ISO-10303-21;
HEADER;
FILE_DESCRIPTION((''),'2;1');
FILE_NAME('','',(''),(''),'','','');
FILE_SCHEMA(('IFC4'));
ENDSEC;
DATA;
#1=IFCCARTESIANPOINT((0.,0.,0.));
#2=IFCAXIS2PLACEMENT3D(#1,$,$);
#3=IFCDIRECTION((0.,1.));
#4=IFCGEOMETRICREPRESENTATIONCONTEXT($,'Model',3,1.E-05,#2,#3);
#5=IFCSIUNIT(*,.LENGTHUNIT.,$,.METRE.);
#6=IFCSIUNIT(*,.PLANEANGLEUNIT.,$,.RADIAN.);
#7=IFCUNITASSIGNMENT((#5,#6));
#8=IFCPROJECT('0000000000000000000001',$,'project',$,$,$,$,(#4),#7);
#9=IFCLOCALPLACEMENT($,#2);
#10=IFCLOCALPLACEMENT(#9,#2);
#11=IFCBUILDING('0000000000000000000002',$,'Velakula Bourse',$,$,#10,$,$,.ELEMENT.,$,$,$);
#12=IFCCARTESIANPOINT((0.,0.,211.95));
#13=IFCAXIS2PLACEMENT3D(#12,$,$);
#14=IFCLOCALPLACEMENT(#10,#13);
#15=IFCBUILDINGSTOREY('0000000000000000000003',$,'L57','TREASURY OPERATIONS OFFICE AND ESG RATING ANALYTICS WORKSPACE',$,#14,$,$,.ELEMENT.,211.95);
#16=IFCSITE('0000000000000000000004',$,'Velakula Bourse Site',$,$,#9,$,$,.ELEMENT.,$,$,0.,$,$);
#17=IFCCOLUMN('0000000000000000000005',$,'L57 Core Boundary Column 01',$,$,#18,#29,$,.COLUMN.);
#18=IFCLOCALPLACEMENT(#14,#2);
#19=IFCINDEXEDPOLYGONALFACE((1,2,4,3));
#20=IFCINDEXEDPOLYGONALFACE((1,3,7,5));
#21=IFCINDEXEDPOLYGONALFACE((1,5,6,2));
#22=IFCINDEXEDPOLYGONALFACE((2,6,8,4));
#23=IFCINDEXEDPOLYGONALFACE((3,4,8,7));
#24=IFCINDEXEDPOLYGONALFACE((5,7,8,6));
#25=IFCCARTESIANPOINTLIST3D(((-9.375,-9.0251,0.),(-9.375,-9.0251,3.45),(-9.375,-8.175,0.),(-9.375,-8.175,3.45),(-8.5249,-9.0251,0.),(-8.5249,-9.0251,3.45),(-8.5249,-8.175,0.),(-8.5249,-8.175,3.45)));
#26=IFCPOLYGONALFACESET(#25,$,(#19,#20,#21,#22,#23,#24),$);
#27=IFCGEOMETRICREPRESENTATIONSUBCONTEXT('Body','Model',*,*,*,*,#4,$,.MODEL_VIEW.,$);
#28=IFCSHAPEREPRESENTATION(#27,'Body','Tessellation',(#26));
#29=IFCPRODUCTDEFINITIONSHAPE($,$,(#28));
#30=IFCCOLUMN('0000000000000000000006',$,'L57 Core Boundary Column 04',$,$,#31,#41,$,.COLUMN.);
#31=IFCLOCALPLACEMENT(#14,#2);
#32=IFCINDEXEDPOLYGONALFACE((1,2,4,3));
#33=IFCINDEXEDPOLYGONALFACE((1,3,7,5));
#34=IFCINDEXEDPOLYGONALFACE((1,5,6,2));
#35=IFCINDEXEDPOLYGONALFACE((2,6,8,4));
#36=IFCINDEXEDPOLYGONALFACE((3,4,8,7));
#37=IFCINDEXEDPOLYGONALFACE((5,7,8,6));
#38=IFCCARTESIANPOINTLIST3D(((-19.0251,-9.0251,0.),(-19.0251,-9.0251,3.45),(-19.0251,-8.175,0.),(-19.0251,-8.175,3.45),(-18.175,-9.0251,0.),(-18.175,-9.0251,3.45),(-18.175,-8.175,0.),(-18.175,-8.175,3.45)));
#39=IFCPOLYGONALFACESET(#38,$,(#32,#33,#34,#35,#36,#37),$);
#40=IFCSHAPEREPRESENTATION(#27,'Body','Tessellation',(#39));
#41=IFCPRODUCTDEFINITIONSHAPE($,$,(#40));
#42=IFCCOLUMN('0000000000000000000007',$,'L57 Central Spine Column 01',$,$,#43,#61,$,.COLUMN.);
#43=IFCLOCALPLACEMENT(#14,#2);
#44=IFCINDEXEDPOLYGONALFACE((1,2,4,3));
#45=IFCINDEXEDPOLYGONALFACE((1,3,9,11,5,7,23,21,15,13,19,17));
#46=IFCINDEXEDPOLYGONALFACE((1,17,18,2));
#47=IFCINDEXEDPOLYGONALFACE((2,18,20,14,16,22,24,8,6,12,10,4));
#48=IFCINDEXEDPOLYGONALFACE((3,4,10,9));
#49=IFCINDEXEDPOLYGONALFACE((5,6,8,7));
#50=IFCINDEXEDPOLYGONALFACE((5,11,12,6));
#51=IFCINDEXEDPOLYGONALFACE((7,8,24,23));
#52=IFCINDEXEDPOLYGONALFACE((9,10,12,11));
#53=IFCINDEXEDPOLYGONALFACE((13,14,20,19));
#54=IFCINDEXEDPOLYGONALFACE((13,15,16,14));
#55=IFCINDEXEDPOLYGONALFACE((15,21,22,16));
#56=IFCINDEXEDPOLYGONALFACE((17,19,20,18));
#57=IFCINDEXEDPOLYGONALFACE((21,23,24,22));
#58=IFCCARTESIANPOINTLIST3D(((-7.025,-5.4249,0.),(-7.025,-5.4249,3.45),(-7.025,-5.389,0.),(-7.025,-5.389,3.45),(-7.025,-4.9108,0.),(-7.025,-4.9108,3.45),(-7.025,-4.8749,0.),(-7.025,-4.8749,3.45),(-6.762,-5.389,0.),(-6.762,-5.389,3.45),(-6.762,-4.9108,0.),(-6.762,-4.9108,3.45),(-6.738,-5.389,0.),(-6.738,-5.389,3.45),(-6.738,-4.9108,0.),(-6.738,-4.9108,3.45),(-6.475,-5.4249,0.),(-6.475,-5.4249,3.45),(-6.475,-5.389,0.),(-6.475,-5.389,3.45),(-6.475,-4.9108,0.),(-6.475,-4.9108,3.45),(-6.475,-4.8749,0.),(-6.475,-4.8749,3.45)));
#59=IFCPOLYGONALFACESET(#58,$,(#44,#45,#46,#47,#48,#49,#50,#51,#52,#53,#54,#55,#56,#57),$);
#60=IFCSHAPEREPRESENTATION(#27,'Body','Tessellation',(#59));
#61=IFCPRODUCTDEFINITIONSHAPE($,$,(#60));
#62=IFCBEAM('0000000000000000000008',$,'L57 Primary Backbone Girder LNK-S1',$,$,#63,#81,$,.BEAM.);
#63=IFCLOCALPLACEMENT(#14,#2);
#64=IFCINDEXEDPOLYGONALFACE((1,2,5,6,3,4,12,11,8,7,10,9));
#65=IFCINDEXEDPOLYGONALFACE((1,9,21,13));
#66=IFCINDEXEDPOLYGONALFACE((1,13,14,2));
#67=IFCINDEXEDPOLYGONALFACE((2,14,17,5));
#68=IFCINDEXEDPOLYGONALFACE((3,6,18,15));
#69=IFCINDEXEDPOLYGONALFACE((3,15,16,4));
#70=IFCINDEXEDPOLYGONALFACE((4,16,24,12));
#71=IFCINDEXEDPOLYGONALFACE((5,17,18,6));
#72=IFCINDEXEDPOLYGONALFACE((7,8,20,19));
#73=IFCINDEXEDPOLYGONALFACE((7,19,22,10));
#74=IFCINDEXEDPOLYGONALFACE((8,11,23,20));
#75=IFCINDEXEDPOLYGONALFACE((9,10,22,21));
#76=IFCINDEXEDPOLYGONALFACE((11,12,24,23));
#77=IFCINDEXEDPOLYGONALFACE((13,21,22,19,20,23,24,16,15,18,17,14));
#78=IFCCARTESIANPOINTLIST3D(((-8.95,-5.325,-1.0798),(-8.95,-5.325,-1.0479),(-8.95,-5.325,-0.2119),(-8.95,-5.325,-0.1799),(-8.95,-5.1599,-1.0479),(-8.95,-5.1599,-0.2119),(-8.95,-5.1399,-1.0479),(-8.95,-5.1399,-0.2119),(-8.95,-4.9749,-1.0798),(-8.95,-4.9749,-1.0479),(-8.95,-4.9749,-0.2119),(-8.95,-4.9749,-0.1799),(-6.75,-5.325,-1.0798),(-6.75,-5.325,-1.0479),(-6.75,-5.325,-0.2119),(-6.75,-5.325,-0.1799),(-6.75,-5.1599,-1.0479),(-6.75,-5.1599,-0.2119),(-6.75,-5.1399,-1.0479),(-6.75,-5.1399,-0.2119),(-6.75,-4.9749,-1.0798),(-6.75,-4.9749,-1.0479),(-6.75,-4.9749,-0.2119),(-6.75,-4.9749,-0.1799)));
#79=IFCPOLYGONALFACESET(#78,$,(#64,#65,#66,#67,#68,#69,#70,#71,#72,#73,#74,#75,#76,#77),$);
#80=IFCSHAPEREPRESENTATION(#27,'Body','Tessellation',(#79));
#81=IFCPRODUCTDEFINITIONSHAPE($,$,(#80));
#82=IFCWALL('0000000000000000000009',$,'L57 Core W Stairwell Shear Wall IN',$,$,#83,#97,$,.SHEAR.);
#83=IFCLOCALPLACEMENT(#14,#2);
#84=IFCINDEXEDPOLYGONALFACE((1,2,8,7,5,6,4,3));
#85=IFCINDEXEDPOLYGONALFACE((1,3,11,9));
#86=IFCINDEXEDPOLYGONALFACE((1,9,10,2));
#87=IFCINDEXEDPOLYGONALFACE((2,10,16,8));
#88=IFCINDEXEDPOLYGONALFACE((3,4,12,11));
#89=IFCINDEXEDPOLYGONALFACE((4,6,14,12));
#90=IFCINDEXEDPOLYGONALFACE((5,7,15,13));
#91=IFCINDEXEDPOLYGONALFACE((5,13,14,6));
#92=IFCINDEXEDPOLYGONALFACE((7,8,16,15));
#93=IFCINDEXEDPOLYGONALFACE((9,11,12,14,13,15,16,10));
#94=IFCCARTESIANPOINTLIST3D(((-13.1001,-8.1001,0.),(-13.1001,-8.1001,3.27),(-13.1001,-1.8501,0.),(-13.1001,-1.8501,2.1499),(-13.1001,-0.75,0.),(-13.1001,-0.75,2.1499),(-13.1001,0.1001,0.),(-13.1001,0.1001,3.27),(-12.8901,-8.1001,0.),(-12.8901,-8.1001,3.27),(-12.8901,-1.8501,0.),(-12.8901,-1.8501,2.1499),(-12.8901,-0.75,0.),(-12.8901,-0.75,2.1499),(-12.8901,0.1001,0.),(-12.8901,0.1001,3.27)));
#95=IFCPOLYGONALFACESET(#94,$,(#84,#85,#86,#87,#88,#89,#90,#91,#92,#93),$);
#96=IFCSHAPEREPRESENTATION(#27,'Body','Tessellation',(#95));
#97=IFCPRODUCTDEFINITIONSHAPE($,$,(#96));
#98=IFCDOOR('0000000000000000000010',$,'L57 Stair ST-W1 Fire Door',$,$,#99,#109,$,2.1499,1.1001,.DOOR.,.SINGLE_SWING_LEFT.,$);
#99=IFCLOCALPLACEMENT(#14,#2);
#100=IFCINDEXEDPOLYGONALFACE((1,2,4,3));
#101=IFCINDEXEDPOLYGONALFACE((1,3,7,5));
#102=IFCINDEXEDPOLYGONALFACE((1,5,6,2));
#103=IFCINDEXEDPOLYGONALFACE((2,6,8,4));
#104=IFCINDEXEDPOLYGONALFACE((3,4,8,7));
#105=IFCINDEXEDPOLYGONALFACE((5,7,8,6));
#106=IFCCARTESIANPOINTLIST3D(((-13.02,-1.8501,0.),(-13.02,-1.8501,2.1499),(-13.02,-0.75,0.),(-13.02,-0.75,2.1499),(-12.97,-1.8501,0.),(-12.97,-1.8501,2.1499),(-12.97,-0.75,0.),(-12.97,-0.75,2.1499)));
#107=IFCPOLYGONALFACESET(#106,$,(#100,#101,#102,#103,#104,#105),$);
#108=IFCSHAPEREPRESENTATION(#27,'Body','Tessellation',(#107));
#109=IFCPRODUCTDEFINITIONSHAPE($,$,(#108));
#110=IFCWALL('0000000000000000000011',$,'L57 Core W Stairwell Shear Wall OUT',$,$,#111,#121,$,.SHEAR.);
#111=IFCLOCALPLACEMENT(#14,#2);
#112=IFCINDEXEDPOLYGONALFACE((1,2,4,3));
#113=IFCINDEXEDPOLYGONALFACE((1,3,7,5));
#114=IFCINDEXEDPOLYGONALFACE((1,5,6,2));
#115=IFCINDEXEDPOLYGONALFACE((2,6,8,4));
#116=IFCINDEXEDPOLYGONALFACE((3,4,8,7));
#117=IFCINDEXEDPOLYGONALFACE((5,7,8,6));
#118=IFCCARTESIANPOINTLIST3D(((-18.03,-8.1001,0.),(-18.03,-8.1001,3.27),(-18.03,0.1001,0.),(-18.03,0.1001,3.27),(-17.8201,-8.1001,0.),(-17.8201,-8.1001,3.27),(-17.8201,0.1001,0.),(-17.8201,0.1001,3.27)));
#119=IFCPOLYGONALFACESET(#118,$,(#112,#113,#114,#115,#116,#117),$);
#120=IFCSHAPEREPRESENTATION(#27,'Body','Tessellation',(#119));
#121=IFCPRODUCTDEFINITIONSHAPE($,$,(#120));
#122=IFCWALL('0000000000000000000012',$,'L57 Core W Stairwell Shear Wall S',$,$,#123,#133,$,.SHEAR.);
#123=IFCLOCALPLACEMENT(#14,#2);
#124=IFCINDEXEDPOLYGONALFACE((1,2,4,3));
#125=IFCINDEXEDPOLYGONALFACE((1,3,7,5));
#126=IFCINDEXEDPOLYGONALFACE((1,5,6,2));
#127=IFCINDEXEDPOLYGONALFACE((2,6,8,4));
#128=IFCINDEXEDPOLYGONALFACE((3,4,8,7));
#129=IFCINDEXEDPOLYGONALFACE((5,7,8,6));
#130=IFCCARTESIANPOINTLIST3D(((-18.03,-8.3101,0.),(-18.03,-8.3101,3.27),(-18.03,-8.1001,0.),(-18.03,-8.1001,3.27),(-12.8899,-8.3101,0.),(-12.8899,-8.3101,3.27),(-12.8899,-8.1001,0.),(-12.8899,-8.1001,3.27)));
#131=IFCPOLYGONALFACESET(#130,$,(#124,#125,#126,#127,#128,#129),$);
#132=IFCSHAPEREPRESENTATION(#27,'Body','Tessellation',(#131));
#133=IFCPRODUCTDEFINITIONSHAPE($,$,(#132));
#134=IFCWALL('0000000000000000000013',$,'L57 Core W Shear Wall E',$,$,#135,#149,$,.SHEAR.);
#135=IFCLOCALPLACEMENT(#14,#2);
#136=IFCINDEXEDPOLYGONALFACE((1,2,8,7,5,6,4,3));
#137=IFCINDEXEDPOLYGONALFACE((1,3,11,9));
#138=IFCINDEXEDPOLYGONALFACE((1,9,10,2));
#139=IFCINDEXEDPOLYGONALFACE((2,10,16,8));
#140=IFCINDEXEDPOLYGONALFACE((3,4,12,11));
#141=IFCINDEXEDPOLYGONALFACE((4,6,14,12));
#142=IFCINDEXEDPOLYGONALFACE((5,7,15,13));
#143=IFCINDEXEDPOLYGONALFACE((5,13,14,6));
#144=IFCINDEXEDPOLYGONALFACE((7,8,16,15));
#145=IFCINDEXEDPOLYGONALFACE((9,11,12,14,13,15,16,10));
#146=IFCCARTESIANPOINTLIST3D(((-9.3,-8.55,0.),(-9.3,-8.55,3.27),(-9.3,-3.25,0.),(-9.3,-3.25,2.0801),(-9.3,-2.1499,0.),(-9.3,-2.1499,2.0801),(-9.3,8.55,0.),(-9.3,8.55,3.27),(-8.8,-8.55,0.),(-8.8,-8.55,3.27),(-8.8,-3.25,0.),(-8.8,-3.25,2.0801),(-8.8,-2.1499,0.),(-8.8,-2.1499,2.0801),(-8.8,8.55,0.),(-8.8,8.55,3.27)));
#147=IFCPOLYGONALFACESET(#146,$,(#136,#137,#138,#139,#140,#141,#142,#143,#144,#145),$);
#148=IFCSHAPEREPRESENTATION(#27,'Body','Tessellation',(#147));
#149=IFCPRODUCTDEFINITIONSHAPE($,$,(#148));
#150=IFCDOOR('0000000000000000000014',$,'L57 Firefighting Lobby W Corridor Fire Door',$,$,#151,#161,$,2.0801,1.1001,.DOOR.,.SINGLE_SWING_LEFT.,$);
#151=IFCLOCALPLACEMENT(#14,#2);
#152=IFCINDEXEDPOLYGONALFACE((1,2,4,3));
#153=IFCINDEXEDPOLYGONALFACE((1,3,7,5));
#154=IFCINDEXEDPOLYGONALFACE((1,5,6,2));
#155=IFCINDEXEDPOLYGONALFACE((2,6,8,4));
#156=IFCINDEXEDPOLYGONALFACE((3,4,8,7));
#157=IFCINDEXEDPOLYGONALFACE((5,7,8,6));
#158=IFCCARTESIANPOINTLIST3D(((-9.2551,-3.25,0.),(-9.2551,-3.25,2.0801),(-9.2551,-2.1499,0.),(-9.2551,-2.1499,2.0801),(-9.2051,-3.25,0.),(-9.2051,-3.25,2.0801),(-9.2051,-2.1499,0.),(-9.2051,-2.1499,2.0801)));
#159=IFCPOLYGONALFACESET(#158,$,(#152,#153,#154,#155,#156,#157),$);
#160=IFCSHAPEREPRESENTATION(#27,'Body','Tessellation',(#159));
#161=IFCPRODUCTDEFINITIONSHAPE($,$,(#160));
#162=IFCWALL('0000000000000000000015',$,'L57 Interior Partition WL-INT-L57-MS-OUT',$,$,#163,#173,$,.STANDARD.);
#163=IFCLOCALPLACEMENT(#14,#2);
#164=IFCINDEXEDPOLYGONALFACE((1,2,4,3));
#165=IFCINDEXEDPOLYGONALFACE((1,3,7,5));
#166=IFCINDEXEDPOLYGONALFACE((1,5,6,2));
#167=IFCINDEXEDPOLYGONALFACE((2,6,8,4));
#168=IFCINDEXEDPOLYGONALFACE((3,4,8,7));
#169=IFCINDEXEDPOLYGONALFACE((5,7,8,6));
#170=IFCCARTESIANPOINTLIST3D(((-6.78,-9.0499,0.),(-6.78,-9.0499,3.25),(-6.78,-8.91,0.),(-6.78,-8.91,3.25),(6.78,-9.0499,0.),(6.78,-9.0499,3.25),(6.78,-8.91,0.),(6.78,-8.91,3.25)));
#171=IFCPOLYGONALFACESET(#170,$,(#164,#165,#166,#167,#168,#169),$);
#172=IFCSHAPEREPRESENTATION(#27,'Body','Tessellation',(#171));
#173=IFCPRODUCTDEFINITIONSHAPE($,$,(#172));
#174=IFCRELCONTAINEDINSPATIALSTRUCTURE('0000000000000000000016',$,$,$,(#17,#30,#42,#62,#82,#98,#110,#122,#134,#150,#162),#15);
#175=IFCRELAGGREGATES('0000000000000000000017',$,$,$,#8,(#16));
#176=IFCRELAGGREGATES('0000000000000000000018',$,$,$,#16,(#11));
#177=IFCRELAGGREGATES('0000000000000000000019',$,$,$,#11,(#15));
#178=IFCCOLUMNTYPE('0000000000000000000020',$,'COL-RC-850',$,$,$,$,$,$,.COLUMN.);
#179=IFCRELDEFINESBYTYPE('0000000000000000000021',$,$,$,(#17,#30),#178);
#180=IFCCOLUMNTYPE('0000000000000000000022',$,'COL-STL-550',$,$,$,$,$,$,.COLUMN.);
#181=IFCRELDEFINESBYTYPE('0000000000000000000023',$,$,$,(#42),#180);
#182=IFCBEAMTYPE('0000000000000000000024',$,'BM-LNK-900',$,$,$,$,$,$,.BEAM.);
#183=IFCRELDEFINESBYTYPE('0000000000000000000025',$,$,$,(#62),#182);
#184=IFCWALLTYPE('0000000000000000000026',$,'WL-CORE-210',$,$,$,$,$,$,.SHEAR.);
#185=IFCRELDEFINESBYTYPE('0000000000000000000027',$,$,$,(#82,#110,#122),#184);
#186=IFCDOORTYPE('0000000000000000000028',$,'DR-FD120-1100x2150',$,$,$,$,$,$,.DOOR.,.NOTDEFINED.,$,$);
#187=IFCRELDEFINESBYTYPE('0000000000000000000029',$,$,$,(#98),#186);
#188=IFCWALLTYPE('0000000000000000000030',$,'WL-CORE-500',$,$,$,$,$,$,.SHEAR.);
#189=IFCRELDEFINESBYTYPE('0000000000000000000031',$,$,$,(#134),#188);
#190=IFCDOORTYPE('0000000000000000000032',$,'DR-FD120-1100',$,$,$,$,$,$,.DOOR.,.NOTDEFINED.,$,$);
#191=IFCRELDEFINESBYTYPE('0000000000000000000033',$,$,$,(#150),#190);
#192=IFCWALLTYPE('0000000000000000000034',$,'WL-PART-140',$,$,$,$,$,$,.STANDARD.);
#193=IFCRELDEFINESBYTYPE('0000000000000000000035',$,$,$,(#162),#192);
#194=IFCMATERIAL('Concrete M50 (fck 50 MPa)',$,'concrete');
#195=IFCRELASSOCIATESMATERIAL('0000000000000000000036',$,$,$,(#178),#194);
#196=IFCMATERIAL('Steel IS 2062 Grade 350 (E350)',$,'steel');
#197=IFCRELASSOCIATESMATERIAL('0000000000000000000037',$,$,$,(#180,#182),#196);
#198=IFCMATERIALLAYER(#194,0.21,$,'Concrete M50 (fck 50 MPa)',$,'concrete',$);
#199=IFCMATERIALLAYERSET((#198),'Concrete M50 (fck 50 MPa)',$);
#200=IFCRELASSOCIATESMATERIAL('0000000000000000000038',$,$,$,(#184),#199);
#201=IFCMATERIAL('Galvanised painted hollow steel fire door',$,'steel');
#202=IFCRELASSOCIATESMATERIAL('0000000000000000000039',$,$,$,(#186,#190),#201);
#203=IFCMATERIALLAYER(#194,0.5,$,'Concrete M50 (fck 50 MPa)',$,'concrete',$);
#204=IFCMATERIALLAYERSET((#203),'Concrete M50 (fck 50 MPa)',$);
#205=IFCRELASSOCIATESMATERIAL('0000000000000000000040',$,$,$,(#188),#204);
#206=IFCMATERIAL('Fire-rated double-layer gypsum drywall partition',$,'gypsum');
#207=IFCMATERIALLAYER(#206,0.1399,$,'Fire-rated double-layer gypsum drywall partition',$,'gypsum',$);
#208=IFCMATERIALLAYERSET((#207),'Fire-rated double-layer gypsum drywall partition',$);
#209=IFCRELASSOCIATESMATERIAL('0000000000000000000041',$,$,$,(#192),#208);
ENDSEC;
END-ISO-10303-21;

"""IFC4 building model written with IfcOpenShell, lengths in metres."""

from ifc_helpers import new_model, si_unit, direction, frame, frame_2d, origin, origin_2d, place, context, subcontext, project, spatial, rectangle, i_section, extrude, material, layer, layer_set, material_profile, profile_set, type_object, element, fill, save


model = new_model("IFC4")

# Units and contexts
model_context = context("Model", 3, precision=1e-05, world=origin(), true_north=direction((0.0, 1.0)))
body_context = subcontext(model_context, "Body", "Model", "MODEL_VIEW")
ifc_project = project(units=[si_unit("LENGTHUNIT", "METRE"), si_unit("PLANEANGLEUNIT", "RADIAN")], contexts=[model_context])

# Site, building, storey
site_placement = place(None, origin())
site = spatial("IfcSite", under=ifc_project, at=site_placement, Name="Velakula Bourse Site", CompositionType="ELEMENT", RefElevation=0.0)
building_placement = place(site_placement, origin())
building = spatial("IfcBuilding", under=site, at=building_placement, Name="Velakula Bourse", CompositionType="ELEMENT")
storey_placement = place(building_placement, frame((0.0, 0.0, 211.95)))
storey = spatial("IfcBuildingStorey", under=building, at=storey_placement, Name="L57", Description="TREASURY OPERATIONS OFFICE AND ESG RATING ANALYTICS WORKSPACE", CompositionType="ELEMENT", Elevation=211.95)

# Columns
ifc_material_1 = material(Name="Concrete M50 (fck 50 MPa)", Category="concrete")
ifc_material_profile_1 = material_profile(ifc_material_1, rectangle(XDim=0.8501, YDim=0.8501, at=origin_2d()), Name="Concrete M50 (fck 50 MPa)")
ifc_profile_set_1 = profile_set([ifc_material_profile_1], Name="Concrete M50 (fck 50 MPa)")
column_type_1 = type_object("IfcColumnType", Name="COL-RC-850", PredefinedType="COLUMN", material=ifc_profile_set_1)
for number, where, z_axis, x_axis, name in (
    (1, (-8.95, -8.6001, 0.0), (0.0, 0.0, 1.0), (1.0, 0.0, 0.0), "L57 Core Boundary Column 01"),
    (2, (-18.6001, -8.6001, 0.0), (0.0, 0.0, 1.0), (1.0, 0.0, 0.0), "L57 Core Boundary Column 04"),
):
    element("IfcColumn", number, at=place(storey_placement, frame(where, z_axis=z_axis, x_axis=x_axis)), inside=storey, type_object=column_type_1, Name=name, PredefinedType="COLUMN", context=body_context, shape_type="SweptSolid", body=[
        extrude(rectangle(XDim=0.8501, YDim=0.8501, at=origin_2d()), origin(), (0.0, 0.0, 1.0), 3.45),
    ])
ifc_material_2 = material(Name="Steel IS 2062 Grade 350 (E350)", Category="steel")
ifc_material_profile_2 = material_profile(ifc_material_2, i_section(OverallWidth=0.55, OverallDepth=0.55, WebThickness=0.0239, FlangeThickness=0.0359, at=origin_2d()), Name="Steel IS 2062 Grade 350 (E350)")
ifc_profile_set_2 = profile_set([ifc_material_profile_2], Name="Steel IS 2062 Grade 350 (E350)")
column_type_2 = type_object("IfcColumnType", Name="COL-STL-550", PredefinedType="COLUMN", material=ifc_profile_set_2)
column_placement = place(storey_placement, frame((-6.75, -5.1499, 0.0), z_axis=(0.0, 0.0, 1.0), x_axis=(1.0, 0.0, 0.0)))
element("IfcColumn", 3, at=column_placement, inside=storey, type_object=column_type_2, Name="L57 Central Spine Column 01", PredefinedType="COLUMN", context=body_context, shape_type="SweptSolid", body=[
    extrude(i_section(OverallWidth=0.55, OverallDepth=0.55, WebThickness=0.0239, FlangeThickness=0.0359, at=origin_2d()), origin(), (0.0, 0.0, 1.0), 3.45),
])

# Beam
ifc_material_profile_3 = material_profile(ifc_material_2, i_section(OverallWidth=0.3501, OverallDepth=0.8999, WebThickness=0.02, FlangeThickness=0.032, at=origin_2d()), Name="Steel IS 2062 Grade 350 (E350)")
ifc_profile_set_3 = profile_set([ifc_material_profile_3], Name="Steel IS 2062 Grade 350 (E350)")
beam_type = type_object("IfcBeamType", Name="BM-LNK-900", PredefinedType="BEAM", material=ifc_profile_set_3)
beam_placement = place(storey_placement, frame((-8.95, -5.1499, -0.6299), z_axis=(1.0, 0.0, 0.0), x_axis=(0.0, 1.0, 0.0)))
element("IfcBeam", 4, at=beam_placement, inside=storey, type_object=beam_type, Name="L57 Primary Backbone Girder LNK-S1", PredefinedType="BEAM", context=body_context, shape_type="SweptSolid", body=[
    extrude(i_section(OverallWidth=0.3501, OverallDepth=0.8999, WebThickness=0.02, FlangeThickness=0.032, at=origin_2d()), origin(), (0.0, 0.0, 1.0), 2.2),
])

# Wall, opening, door
ifc_layer_1 = layer(ifc_material_1, 0.21, Name="Concrete M50 (fck 50 MPa)", Category="concrete")
ifc_layer_set_1 = layer_set([ifc_layer_1], Name="Concrete M50 (fck 50 MPa)")
wall_type_1 = type_object("IfcWallType", Name="WL-CORE-210", PredefinedType="SHEAR", material=ifc_layer_set_1)
wall_1_placement = place(storey_placement, frame((-12.9951, -8.1001, 0.0), z_axis=(0.0, 0.0, 1.0), x_axis=(0.0, 1.0, 0.0)))
wall_1 = element("IfcWall", 5, at=wall_1_placement, inside=storey, type_object=wall_type_1, Name="L57 Core W Stairwell Shear Wall IN", PredefinedType="SHEAR", context=body_context, shape_type="SweptSolid", body=[
    extrude(rectangle(XDim=8.2002, YDim=0.21, at=frame_2d((4.1001, 0.0))), origin(), (0.0, 0.0, 1.0), 3.27),
])
opening_1_placement = place(wall_1_placement, frame((6.25, 0.0, 0.0)))
opening_1 = element("IfcOpeningElement", 6, at=opening_1_placement, cuts=wall_1, PredefinedType="OPENING", context=body_context, shape_type="SweptSolid", body=[
    extrude(rectangle(XDim=1.1001, YDim=2.1499, at=frame_2d((0.55, 1.075))), frame((0.0, 0.115, 0.0), z_axis=(0.0, -1.0, 0.0), x_axis=(1.0, 0.0, 0.0)), (0.0, 0.0, 1.0), 0.23),
])
ifc_material_3 = material(Name="Galvanised painted hollow steel fire door", Category="steel")
door_type_1 = type_object("IfcDoorType", Name="DR-FD120-1100x2150", OperationType="NOTDEFINED", PredefinedType="DOOR", material=ifc_material_3)
door_1_placement = place(opening_1_placement, origin())
door_1 = element("IfcDoor", 7, at=door_1_placement, inside=storey, type_object=door_type_1, Name="L57 Stair ST-W1 Fire Door", OperationType="SINGLE_SWING_LEFT", OverallHeight=2.1499, OverallWidth=1.1001, PredefinedType="DOOR", context=body_context, shape_type="SweptSolid", body=[
    extrude(rectangle(XDim=1.1001, YDim=2.1499, at=frame_2d((0.55, 1.075))), frame((0.0, 0.0249, 0.0), z_axis=(0.0, -1.0, 0.0), x_axis=(1.0, 0.0, 0.0)), (0.0, 0.0, 1.0), 0.05),
])
fill(opening_1, door_1)

# Walls
wall_2_placement = place(storey_placement, frame((-17.925, -8.1001, 0.0), z_axis=(0.0, 0.0, 1.0), x_axis=(0.0, 1.0, 0.0)))
element("IfcWall", 8, at=wall_2_placement, inside=storey, type_object=wall_type_1, Name="L57 Core W Stairwell Shear Wall OUT", PredefinedType="SHEAR", context=body_context, shape_type="SweptSolid", body=[
    extrude(rectangle(XDim=8.2002, YDim=0.21, at=frame_2d((4.1001, 0.0))), origin(), (0.0, 0.0, 1.0), 3.27),
])
wall_3_placement = place(storey_placement, frame((-18.03, -8.2051, 0.0), z_axis=(0.0, 0.0, 1.0), x_axis=(1.0, 0.0, 0.0)))
element("IfcWall", 9, at=wall_3_placement, inside=storey, type_object=wall_type_1, Name="L57 Core W Stairwell Shear Wall S", PredefinedType="SHEAR", context=body_context, shape_type="SweptSolid", body=[
    extrude(rectangle(XDim=5.1401, YDim=0.21, at=frame_2d((2.5701, 0.0))), origin(), (0.0, 0.0, 1.0), 3.27),
])

# Wall, opening, door
ifc_layer_2 = layer(ifc_material_1, 0.5, Name="Concrete M50 (fck 50 MPa)", Category="concrete")
ifc_layer_set_2 = layer_set([ifc_layer_2], Name="Concrete M50 (fck 50 MPa)")
wall_type_2 = type_object("IfcWallType", Name="WL-CORE-500", PredefinedType="SHEAR", material=ifc_layer_set_2)
wall_4_placement = place(storey_placement, frame((-9.05, -8.55, 0.0), z_axis=(0.0, 0.0, 1.0), x_axis=(0.0, 1.0, 0.0)))
wall_4 = element("IfcWall", 10, at=wall_4_placement, inside=storey, type_object=wall_type_2, Name="L57 Core W Shear Wall E", PredefinedType="SHEAR", context=body_context, shape_type="SweptSolid", body=[
    extrude(rectangle(XDim=17.1001, YDim=0.5, at=frame_2d((8.55, 0.0))), origin(), (0.0, 0.0, 1.0), 3.27),
])
opening_2_placement = place(wall_4_placement, frame((5.3, 0.0, 0.0)))
opening_2 = element("IfcOpeningElement", 11, at=opening_2_placement, cuts=wall_4, PredefinedType="OPENING", context=body_context, shape_type="SweptSolid", body=[
    extrude(rectangle(XDim=1.1001, YDim=2.0801, at=frame_2d((0.55, 1.04))), frame((0.0, 0.26, 0.0), z_axis=(0.0, -1.0, 0.0), x_axis=(1.0, 0.0, 0.0)), (0.0, 0.0, 1.0), 0.52),
])
door_type_2 = type_object("IfcDoorType", Name="DR-FD120-1100", OperationType="NOTDEFINED", PredefinedType="DOOR", material=ifc_material_3)
door_2_placement = place(opening_2_placement, origin())
door_2 = element("IfcDoor", 12, at=door_2_placement, inside=storey, type_object=door_type_2, Name="L57 Firefighting Lobby W Corridor Fire Door", OperationType="SINGLE_SWING_LEFT", OverallHeight=2.0801, OverallWidth=1.1001, PredefinedType="DOOR", context=body_context, shape_type="SweptSolid", body=[
    extrude(rectangle(XDim=1.1001, YDim=2.0801, at=frame_2d((0.55, 1.04))), frame((0.0, 0.2051, 0.0), z_axis=(0.0, -1.0, 0.0), x_axis=(1.0, 0.0, 0.0)), (0.0, 0.0, 1.0), 0.05),
])
fill(opening_2, door_2)

# Wall
ifc_material_4 = material(Name="Fire-rated double-layer gypsum drywall partition", Category="gypsum")
ifc_layer_3 = layer(ifc_material_4, 0.1399, Name="Fire-rated double-layer gypsum drywall partition", Category="gypsum")
ifc_layer_set_3 = layer_set([ifc_layer_3], Name="Fire-rated double-layer gypsum drywall partition")
wall_type_3 = type_object("IfcWallType", Name="WL-PART-140", PredefinedType="STANDARD", material=ifc_layer_set_3)
wall_5_placement = place(storey_placement, frame((-6.78, -8.98, 0.0), z_axis=(0.0, 0.0, 1.0), x_axis=(1.0, 0.0, 0.0)))
element("IfcWall", 13, at=wall_5_placement, inside=storey, type_object=wall_type_3, Name="L57 Interior Partition WL-INT-L57-MS-OUT", PredefinedType="STANDARD", context=body_context, shape_type="SweptSolid", body=[
    extrude(rectangle(XDim=13.5601, YDim=0.1399, at=frame_2d((6.78, 0.0))), origin(), (0.0, 0.0, 1.0), 3.25),
])

save(model, "model.ifc")
